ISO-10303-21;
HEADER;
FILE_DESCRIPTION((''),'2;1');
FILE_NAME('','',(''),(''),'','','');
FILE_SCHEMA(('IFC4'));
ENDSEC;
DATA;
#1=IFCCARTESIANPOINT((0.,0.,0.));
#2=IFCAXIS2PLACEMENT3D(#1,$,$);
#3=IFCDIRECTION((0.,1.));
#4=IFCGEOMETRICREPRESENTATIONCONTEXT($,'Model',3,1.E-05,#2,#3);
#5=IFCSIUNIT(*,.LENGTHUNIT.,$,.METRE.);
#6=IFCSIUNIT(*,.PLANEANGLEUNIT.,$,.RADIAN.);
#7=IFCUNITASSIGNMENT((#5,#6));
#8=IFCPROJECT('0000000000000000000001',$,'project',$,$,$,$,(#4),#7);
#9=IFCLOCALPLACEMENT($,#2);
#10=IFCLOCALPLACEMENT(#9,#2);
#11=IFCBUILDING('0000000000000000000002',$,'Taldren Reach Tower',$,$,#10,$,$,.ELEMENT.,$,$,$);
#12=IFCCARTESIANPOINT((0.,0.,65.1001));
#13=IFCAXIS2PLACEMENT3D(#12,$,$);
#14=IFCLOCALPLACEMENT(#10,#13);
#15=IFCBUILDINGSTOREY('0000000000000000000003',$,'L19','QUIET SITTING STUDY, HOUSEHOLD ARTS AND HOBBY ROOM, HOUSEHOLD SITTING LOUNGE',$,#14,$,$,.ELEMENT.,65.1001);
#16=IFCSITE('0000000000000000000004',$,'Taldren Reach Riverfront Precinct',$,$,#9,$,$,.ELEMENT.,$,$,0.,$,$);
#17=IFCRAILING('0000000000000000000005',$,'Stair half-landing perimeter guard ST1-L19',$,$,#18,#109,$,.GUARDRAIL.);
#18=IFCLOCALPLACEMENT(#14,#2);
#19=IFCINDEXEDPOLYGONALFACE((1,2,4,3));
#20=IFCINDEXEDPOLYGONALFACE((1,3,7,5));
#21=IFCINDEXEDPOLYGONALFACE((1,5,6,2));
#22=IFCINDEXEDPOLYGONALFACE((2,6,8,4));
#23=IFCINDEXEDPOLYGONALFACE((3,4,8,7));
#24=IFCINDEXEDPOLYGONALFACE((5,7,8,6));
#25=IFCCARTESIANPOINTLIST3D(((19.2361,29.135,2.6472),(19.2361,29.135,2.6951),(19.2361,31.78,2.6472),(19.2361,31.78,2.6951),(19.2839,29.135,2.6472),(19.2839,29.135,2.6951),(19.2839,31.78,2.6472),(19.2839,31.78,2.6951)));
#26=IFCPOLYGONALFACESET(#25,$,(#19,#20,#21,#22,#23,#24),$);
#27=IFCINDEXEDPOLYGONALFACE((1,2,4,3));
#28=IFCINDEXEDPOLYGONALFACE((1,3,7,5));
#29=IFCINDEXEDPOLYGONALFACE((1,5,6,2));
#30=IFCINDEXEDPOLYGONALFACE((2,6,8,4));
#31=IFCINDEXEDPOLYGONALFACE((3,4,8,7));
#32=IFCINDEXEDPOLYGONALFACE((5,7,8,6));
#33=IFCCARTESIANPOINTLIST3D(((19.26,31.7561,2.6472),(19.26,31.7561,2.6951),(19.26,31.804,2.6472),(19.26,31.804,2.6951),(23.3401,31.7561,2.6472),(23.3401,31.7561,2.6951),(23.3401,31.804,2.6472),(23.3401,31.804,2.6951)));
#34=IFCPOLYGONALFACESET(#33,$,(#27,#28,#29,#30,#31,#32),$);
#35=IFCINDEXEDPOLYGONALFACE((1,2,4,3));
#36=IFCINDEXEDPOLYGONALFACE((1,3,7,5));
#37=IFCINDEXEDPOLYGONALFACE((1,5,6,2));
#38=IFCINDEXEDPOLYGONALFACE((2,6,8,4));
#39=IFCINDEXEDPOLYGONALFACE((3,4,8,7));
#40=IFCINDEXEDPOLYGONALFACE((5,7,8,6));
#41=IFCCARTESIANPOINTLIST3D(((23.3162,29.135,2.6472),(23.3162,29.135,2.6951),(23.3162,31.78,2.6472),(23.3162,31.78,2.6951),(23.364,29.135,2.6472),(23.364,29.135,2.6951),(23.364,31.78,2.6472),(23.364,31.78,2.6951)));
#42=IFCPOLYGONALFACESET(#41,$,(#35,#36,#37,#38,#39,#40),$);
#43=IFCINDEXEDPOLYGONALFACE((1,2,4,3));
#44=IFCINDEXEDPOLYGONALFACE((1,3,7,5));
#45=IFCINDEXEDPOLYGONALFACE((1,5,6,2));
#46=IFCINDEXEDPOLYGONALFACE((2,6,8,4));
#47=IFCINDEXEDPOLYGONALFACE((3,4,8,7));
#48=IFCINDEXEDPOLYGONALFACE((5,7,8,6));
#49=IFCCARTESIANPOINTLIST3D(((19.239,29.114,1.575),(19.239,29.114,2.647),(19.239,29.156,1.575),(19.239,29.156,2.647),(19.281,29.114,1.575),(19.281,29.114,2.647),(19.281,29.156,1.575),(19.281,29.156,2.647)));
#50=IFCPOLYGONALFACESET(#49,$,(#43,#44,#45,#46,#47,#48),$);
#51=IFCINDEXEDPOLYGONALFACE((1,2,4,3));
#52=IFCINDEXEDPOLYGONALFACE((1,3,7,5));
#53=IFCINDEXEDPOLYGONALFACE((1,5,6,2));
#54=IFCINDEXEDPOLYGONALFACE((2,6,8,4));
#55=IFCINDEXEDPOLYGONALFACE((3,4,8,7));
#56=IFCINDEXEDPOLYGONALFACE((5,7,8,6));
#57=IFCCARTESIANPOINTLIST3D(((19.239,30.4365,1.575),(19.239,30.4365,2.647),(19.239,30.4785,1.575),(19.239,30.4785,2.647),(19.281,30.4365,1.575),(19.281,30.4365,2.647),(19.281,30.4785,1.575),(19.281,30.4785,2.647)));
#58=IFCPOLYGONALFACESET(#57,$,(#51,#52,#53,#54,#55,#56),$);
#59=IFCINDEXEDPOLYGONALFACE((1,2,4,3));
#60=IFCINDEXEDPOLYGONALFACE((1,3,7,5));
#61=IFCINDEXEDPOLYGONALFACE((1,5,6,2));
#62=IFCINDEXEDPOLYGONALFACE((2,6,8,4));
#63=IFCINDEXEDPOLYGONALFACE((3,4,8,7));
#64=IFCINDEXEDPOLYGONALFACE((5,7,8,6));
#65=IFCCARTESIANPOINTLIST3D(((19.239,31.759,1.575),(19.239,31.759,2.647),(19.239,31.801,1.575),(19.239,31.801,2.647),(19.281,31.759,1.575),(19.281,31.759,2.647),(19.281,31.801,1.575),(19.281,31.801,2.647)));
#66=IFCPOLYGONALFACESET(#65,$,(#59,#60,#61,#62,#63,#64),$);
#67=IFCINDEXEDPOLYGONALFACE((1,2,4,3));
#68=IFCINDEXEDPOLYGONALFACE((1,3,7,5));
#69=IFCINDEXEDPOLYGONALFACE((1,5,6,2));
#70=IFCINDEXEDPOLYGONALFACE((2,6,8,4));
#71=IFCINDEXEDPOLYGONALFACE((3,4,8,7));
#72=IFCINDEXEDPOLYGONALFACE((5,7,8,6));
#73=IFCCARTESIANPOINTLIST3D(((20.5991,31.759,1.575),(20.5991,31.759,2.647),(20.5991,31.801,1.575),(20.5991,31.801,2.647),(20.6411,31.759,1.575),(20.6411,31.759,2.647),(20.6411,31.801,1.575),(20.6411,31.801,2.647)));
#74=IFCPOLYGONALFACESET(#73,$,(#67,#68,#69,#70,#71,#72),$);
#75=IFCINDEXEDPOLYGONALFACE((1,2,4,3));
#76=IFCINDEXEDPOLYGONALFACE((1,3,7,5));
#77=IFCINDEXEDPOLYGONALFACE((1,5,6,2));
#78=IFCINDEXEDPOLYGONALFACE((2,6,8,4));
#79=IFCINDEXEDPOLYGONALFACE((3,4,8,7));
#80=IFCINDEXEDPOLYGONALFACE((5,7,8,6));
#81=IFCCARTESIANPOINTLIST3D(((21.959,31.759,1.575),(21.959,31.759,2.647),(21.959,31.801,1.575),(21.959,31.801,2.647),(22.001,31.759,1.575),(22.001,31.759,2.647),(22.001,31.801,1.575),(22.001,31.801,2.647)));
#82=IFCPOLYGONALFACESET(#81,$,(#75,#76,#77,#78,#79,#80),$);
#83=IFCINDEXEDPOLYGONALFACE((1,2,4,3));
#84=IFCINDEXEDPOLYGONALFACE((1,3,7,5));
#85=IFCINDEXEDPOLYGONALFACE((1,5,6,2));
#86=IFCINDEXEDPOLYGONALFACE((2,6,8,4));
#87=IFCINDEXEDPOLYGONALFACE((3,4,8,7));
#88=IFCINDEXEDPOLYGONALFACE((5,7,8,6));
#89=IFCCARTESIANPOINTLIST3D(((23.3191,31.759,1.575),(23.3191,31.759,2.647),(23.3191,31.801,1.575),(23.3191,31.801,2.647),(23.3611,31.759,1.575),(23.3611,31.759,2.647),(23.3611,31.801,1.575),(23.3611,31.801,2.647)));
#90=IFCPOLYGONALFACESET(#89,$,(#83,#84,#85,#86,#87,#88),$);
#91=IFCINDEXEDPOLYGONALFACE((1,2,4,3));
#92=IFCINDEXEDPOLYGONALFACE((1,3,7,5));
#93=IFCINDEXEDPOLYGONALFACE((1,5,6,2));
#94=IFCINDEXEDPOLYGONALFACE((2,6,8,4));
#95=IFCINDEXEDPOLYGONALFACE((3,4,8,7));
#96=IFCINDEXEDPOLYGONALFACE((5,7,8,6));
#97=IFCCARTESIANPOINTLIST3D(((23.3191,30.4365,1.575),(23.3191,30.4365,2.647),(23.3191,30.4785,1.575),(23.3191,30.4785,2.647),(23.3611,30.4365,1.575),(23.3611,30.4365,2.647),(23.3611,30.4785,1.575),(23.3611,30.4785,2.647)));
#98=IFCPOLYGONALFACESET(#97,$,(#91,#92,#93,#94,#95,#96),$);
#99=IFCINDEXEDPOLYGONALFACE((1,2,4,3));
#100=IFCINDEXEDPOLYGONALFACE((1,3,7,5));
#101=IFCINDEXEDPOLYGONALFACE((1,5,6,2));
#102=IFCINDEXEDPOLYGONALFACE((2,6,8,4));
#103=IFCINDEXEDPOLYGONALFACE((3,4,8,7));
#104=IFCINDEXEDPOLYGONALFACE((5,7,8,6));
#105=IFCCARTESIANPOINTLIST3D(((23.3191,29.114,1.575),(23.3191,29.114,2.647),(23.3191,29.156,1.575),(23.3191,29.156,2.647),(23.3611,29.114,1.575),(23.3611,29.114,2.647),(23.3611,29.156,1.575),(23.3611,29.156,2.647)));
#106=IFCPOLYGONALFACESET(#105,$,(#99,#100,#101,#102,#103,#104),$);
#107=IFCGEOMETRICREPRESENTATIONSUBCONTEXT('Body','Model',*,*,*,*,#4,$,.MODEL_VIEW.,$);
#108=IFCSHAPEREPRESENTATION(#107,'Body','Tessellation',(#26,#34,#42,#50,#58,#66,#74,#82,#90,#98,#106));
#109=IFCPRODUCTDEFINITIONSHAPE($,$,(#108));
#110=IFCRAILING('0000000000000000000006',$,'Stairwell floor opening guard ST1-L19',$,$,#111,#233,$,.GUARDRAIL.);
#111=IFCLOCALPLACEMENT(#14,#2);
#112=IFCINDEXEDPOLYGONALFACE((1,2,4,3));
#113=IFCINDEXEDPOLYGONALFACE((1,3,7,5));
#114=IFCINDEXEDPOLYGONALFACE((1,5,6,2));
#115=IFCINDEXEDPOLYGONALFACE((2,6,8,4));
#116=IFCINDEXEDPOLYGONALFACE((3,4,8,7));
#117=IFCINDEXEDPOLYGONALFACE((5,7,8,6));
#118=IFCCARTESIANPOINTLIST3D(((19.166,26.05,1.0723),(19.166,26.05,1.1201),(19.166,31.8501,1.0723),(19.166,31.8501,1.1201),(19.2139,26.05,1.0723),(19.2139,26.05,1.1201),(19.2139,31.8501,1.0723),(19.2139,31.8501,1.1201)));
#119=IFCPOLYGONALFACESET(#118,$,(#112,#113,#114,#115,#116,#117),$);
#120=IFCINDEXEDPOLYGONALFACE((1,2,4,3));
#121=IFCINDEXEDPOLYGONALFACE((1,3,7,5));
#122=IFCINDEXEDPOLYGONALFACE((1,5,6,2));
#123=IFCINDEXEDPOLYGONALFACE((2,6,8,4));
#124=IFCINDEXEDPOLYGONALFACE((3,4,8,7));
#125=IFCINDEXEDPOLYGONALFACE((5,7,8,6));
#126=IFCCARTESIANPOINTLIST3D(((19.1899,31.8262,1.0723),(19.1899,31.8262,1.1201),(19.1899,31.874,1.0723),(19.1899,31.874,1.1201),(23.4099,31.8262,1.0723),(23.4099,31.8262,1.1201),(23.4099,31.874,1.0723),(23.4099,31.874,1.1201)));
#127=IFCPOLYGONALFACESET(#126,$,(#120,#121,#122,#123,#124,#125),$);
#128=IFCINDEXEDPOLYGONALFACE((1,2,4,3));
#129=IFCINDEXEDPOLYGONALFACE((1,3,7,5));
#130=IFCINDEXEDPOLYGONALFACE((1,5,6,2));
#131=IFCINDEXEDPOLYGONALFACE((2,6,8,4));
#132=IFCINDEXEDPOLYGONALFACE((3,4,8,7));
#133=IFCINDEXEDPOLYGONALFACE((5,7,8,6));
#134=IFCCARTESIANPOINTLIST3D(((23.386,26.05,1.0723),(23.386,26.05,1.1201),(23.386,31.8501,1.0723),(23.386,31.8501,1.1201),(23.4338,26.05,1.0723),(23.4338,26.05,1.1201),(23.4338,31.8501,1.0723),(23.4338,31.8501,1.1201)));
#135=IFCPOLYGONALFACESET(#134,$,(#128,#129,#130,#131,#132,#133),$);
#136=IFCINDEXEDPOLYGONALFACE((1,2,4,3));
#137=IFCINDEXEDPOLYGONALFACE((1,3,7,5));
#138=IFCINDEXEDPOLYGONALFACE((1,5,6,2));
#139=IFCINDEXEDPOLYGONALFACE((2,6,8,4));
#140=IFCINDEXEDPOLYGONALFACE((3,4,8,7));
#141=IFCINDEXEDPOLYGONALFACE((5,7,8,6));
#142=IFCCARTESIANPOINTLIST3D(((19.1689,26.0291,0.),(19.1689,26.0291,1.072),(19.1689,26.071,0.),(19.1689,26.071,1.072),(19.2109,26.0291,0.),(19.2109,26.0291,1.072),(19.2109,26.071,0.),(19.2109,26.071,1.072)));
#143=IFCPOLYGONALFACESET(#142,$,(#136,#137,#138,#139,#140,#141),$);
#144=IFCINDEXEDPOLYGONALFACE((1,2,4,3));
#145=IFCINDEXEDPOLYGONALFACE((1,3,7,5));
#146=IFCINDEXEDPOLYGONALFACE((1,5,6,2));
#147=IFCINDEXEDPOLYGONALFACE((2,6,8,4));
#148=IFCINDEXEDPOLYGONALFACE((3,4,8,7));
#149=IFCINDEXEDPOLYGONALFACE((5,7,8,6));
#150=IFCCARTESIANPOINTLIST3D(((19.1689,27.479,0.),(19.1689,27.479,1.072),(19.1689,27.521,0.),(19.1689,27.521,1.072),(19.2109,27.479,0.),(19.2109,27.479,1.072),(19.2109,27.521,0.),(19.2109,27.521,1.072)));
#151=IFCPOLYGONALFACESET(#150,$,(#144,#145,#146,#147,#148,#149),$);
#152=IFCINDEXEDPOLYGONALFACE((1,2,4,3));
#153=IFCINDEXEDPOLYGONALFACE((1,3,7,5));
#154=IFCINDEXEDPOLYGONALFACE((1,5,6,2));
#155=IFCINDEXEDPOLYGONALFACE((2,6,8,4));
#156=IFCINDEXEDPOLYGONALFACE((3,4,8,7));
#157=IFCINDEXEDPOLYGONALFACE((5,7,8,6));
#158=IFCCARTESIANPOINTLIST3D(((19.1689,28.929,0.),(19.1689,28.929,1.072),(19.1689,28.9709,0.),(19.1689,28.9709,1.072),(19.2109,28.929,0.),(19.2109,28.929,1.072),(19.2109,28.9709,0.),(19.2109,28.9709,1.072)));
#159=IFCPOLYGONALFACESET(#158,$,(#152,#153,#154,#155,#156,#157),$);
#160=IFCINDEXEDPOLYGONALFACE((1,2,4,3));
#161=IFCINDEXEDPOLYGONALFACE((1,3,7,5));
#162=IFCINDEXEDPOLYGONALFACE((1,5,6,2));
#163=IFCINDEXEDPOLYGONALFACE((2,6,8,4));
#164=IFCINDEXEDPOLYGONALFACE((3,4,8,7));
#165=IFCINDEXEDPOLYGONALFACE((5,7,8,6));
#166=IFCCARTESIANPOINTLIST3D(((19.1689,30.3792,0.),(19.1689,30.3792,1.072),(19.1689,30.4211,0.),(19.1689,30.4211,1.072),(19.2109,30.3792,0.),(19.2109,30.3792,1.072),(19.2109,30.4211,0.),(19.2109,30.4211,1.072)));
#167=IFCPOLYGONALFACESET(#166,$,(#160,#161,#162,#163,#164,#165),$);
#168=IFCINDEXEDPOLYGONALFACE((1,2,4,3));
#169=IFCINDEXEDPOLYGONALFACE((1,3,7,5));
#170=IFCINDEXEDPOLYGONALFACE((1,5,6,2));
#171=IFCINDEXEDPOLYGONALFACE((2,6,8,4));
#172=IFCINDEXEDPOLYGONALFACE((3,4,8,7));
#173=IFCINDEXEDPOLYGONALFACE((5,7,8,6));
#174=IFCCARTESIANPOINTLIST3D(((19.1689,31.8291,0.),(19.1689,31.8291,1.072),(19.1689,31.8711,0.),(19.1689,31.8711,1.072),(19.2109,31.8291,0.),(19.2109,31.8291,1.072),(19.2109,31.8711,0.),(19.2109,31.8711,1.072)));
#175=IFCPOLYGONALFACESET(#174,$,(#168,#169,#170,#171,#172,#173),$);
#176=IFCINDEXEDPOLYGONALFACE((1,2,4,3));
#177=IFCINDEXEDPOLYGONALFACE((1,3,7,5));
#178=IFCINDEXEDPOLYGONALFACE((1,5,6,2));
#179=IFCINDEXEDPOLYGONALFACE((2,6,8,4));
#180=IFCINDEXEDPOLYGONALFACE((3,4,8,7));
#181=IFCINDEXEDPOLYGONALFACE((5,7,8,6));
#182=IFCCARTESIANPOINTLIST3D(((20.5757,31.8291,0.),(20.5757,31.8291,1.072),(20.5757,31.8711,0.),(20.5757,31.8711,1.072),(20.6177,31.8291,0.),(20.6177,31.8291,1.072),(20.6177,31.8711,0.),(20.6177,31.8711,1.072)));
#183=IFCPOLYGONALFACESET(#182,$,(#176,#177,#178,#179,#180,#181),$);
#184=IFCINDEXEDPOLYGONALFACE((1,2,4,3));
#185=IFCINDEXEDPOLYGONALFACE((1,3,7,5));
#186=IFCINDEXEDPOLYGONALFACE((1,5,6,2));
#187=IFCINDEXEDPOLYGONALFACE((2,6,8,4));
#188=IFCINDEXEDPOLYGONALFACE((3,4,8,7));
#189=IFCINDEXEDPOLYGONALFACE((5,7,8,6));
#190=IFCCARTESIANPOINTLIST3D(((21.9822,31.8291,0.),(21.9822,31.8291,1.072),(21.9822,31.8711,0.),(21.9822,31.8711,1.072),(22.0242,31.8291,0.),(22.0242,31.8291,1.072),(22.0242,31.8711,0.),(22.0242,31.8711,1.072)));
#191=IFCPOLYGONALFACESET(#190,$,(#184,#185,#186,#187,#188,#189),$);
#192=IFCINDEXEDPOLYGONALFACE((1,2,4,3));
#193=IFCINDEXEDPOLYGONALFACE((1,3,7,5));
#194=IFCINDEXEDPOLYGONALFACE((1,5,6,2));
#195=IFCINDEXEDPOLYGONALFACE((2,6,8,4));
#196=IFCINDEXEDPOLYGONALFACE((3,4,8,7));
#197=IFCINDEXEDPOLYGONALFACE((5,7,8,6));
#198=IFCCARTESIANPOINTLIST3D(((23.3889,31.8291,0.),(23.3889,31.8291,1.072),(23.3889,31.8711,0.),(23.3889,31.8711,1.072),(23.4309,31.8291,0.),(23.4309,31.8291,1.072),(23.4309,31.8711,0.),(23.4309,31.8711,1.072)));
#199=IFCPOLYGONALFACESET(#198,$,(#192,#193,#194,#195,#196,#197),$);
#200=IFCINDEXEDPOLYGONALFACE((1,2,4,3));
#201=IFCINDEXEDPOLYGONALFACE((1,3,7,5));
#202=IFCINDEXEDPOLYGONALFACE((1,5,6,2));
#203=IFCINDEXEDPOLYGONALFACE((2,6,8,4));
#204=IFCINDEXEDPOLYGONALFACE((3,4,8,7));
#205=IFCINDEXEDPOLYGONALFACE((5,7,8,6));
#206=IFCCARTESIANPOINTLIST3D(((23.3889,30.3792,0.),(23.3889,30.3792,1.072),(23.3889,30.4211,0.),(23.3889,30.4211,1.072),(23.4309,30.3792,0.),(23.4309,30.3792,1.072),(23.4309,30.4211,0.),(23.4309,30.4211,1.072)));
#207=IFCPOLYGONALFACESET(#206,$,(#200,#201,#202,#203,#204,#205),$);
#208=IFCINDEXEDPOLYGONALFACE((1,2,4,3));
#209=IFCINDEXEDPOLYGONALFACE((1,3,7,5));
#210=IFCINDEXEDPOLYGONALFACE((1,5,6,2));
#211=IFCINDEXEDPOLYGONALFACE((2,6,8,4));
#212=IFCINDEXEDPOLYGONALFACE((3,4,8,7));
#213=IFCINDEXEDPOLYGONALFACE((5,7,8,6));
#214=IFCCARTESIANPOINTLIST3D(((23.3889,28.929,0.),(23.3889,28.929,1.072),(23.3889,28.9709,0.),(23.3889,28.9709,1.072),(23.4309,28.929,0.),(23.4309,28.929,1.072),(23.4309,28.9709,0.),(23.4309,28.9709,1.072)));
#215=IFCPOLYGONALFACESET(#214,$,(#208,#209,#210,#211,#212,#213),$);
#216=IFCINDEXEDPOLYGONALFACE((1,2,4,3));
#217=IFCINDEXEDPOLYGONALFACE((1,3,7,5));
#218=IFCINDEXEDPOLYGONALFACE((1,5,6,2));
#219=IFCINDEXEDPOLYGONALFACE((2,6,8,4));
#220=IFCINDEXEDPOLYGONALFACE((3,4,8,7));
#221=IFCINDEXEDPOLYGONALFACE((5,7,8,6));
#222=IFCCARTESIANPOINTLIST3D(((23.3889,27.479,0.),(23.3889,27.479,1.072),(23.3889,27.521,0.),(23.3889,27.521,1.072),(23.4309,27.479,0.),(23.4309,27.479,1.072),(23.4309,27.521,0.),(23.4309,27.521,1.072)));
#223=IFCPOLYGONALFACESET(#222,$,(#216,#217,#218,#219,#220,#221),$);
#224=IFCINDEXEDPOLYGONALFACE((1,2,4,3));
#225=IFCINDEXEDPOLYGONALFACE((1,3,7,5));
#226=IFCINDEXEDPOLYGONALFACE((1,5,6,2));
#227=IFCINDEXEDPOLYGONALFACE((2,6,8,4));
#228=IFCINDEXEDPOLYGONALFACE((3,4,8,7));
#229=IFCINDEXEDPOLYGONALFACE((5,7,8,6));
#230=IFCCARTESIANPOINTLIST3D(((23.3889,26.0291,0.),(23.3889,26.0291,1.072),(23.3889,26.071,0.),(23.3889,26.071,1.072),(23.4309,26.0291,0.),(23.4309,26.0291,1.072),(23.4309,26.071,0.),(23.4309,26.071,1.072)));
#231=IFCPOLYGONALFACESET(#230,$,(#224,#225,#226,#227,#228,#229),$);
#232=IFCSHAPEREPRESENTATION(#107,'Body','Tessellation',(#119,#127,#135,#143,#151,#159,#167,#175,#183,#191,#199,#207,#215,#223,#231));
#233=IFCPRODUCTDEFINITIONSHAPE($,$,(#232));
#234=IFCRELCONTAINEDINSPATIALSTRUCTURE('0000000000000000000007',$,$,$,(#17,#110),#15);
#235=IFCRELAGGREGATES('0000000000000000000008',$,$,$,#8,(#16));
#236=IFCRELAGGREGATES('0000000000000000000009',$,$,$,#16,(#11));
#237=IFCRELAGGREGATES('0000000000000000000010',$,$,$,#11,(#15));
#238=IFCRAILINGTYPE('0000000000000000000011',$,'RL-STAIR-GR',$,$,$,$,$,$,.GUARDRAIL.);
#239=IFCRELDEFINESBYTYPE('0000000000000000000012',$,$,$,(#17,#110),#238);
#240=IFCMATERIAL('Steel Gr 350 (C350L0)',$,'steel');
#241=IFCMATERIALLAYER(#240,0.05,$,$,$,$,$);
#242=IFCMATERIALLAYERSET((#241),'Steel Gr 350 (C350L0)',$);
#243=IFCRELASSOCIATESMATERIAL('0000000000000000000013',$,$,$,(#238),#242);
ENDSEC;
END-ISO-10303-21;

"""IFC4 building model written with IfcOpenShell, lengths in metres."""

from ifc_helpers import new_model, si_unit, direction, frame, origin, origin_2d, place, context, subcontext, project, spatial, rectangle, extrude, material, layer, layer_set, type_object, element, save


model = new_model("IFC4")

# Units and contexts
model_context = context("Model", 3, precision=1e-05, world=origin(), true_north=direction((0.0, 1.0)))
body_context = subcontext(model_context, "Body", "Model", "MODEL_VIEW")
ifc_project = project(units=[si_unit("LENGTHUNIT", "METRE"), si_unit("PLANEANGLEUNIT", "RADIAN")], contexts=[model_context])

# Site, building, storey
site_placement = place(None, origin())
site = spatial("IfcSite", under=ifc_project, at=site_placement, Name="Taldren Reach Riverfront Precinct", CompositionType="ELEMENT", RefElevation=0.0)
building_placement = place(site_placement, origin())
building = spatial("IfcBuilding", under=site, at=building_placement, Name="Taldren Reach Tower", CompositionType="ELEMENT")
storey_placement = place(building_placement, frame((0.0, 0.0, 65.1001)))
storey = spatial("IfcBuildingStorey", under=building, at=storey_placement, Name="L19", Description="QUIET SITTING STUDY, HOUSEHOLD ARTS AND HOBBY ROOM, HOUSEHOLD SITTING LOUNGE", CompositionType="ELEMENT", Elevation=65.1001)

# Shared definitions
ifc_material_1 = material(Name="Steel Gr 350 (C350L0)", Category="steel")

# Railings
ifc_layer_1 = layer(ifc_material_1, 0.05)
ifc_layer_set_1 = layer_set([ifc_layer_1], Name="Steel Gr 350 (C350L0)")
railing_type_1 = type_object("IfcRailingType", Name="RL-STAIR-GR", PredefinedType="GUARDRAIL", material=ifc_layer_set_1)
railing_1_placement = place(storey_placement, frame((19.26, 29.135, 1.575)))
element("IfcRailing", 1, at=railing_1_placement, inside=storey, type_object=railing_type_1, Name="Stair half-landing perimeter guard ST1-L19", PredefinedType="GUARDRAIL", context=body_context, shape_type="SweptSolid", body=[
    extrude(rectangle(XDim=0.0479, YDim=0.0479, at=origin_2d()), frame((0.0, 0.0, 1.0962), z_axis=(0.0, 1.0, 0.0), x_axis=(-1.0, 0.0, 0.0)), (0.0, 0.0, 1.0), 2.645),
    extrude(rectangle(XDim=0.0479, YDim=0.0479, at=origin_2d()), frame((0.0, 2.645, 1.0962), z_axis=(1.0, 0.0, 0.0), x_axis=(0.0, 1.0, 0.0)), (0.0, 0.0, 1.0), 4.0801),
    extrude(rectangle(XDim=0.0479, YDim=0.0479, at=origin_2d()), frame((4.0801, 2.645, 1.0962), z_axis=(0.0, -1.0, 0.0), x_axis=(1.0, 0.0, 0.0)), (0.0, 0.0, 1.0), 2.645),
    extrude(rectangle(XDim=0.042, YDim=0.042, at=origin_2d()), origin(), (0.0, 0.0, 1.0), 1.072),
    extrude(rectangle(XDim=0.042, YDim=0.042, at=origin_2d()), frame((0.0, 1.3225, 0.0)), (0.0, 0.0, 1.0), 1.072),
    extrude(rectangle(XDim=0.042, YDim=0.042, at=origin_2d()), frame((0.0, 2.645, 0.0)), (0.0, 0.0, 1.0), 1.072),
    extrude(rectangle(XDim=0.042, YDim=0.042, at=origin_2d()), frame((1.3601, 2.645, 0.0)), (0.0, 0.0, 1.0), 1.072),
    extrude(rectangle(XDim=0.042, YDim=0.042, at=origin_2d()), frame((2.72, 2.645, 0.0)), (0.0, 0.0, 1.0), 1.072),
    extrude(rectangle(XDim=0.042, YDim=0.042, at=origin_2d()), frame((4.0801, 2.645, 0.0)), (0.0, 0.0, 1.0), 1.072),
    extrude(rectangle(XDim=0.042, YDim=0.042, at=origin_2d()), frame((4.0801, 1.3225, 0.0)), (0.0, 0.0, 1.0), 1.072),
    extrude(rectangle(XDim=0.042, YDim=0.042, at=origin_2d()), frame((4.0801, 0.0, 0.0)), (0.0, 0.0, 1.0), 1.072),
])
railing_2_placement = place(storey_placement, frame((19.1899, 26.05, 0.0)))
element("IfcRailing", 2, at=railing_2_placement, inside=storey, type_object=railing_type_1, Name="Stairwell floor opening guard ST1-L19", PredefinedType="GUARDRAIL", context=body_context, shape_type="SweptSolid", body=[
    extrude(rectangle(XDim=0.0479, YDim=0.0479, at=origin_2d()), frame((0.0, 0.0, 1.0962), z_axis=(0.0, 1.0, 0.0), x_axis=(-1.0, 0.0, 0.0)), (0.0, 0.0, 1.0), 5.8),
    extrude(rectangle(XDim=0.0479, YDim=0.0479, at=origin_2d()), frame((0.0, 5.8, 1.0962), z_axis=(1.0, 0.0, 0.0), x_axis=(0.0, 1.0, 0.0)), (0.0, 0.0, 1.0), 4.22),
    extrude(rectangle(XDim=0.0479, YDim=0.0479, at=origin_2d()), frame((4.22, 5.8, 1.0962), z_axis=(0.0, -1.0, 0.0), x_axis=(1.0, 0.0, 0.0)), (0.0, 0.0, 1.0), 5.8),
    extrude(rectangle(XDim=0.042, YDim=0.042, at=origin_2d()), origin(), (0.0, 0.0, 1.0), 1.072),
    extrude(rectangle(XDim=0.042, YDim=0.042, at=origin_2d()), frame((0.0, 1.45, 0.0)), (0.0, 0.0, 1.0), 1.072),
    extrude(rectangle(XDim=0.042, YDim=0.042, at=origin_2d()), frame((0.0, 2.8999, 0.0)), (0.0, 0.0, 1.0), 1.072),
    extrude(rectangle(XDim=0.042, YDim=0.042, at=origin_2d()), frame((0.0, 4.3501, 0.0)), (0.0, 0.0, 1.0), 1.072),
    extrude(rectangle(XDim=0.042, YDim=0.042, at=origin_2d()), frame((0.0, 5.8, 0.0)), (0.0, 0.0, 1.0), 1.072),
    extrude(rectangle(XDim=0.042, YDim=0.042, at=origin_2d()), frame((1.4067, 5.8, 0.0)), (0.0, 0.0, 1.0), 1.072),
    extrude(rectangle(XDim=0.042, YDim=0.042, at=origin_2d()), frame((2.8132, 5.8, 0.0)), (0.0, 0.0, 1.0), 1.072),
    extrude(rectangle(XDim=0.042, YDim=0.042, at=origin_2d()), frame((4.22, 5.8, 0.0)), (0.0, 0.0, 1.0), 1.072),
    extrude(rectangle(XDim=0.042, YDim=0.042, at=origin_2d()), frame((4.22, 4.3501, 0.0)), (0.0, 0.0, 1.0), 1.072),
    extrude(rectangle(XDim=0.042, YDim=0.042, at=origin_2d()), frame((4.22, 2.8999, 0.0)), (0.0, 0.0, 1.0), 1.072),
    extrude(rectangle(XDim=0.042, YDim=0.042, at=origin_2d()), frame((4.22, 1.45, 0.0)), (0.0, 0.0, 1.0), 1.072),
    extrude(rectangle(XDim=0.042, YDim=0.042, at=origin_2d()), frame((4.22, 0.0, 0.0)), (0.0, 0.0, 1.0), 1.072),
])

save(model, "model.ifc")
